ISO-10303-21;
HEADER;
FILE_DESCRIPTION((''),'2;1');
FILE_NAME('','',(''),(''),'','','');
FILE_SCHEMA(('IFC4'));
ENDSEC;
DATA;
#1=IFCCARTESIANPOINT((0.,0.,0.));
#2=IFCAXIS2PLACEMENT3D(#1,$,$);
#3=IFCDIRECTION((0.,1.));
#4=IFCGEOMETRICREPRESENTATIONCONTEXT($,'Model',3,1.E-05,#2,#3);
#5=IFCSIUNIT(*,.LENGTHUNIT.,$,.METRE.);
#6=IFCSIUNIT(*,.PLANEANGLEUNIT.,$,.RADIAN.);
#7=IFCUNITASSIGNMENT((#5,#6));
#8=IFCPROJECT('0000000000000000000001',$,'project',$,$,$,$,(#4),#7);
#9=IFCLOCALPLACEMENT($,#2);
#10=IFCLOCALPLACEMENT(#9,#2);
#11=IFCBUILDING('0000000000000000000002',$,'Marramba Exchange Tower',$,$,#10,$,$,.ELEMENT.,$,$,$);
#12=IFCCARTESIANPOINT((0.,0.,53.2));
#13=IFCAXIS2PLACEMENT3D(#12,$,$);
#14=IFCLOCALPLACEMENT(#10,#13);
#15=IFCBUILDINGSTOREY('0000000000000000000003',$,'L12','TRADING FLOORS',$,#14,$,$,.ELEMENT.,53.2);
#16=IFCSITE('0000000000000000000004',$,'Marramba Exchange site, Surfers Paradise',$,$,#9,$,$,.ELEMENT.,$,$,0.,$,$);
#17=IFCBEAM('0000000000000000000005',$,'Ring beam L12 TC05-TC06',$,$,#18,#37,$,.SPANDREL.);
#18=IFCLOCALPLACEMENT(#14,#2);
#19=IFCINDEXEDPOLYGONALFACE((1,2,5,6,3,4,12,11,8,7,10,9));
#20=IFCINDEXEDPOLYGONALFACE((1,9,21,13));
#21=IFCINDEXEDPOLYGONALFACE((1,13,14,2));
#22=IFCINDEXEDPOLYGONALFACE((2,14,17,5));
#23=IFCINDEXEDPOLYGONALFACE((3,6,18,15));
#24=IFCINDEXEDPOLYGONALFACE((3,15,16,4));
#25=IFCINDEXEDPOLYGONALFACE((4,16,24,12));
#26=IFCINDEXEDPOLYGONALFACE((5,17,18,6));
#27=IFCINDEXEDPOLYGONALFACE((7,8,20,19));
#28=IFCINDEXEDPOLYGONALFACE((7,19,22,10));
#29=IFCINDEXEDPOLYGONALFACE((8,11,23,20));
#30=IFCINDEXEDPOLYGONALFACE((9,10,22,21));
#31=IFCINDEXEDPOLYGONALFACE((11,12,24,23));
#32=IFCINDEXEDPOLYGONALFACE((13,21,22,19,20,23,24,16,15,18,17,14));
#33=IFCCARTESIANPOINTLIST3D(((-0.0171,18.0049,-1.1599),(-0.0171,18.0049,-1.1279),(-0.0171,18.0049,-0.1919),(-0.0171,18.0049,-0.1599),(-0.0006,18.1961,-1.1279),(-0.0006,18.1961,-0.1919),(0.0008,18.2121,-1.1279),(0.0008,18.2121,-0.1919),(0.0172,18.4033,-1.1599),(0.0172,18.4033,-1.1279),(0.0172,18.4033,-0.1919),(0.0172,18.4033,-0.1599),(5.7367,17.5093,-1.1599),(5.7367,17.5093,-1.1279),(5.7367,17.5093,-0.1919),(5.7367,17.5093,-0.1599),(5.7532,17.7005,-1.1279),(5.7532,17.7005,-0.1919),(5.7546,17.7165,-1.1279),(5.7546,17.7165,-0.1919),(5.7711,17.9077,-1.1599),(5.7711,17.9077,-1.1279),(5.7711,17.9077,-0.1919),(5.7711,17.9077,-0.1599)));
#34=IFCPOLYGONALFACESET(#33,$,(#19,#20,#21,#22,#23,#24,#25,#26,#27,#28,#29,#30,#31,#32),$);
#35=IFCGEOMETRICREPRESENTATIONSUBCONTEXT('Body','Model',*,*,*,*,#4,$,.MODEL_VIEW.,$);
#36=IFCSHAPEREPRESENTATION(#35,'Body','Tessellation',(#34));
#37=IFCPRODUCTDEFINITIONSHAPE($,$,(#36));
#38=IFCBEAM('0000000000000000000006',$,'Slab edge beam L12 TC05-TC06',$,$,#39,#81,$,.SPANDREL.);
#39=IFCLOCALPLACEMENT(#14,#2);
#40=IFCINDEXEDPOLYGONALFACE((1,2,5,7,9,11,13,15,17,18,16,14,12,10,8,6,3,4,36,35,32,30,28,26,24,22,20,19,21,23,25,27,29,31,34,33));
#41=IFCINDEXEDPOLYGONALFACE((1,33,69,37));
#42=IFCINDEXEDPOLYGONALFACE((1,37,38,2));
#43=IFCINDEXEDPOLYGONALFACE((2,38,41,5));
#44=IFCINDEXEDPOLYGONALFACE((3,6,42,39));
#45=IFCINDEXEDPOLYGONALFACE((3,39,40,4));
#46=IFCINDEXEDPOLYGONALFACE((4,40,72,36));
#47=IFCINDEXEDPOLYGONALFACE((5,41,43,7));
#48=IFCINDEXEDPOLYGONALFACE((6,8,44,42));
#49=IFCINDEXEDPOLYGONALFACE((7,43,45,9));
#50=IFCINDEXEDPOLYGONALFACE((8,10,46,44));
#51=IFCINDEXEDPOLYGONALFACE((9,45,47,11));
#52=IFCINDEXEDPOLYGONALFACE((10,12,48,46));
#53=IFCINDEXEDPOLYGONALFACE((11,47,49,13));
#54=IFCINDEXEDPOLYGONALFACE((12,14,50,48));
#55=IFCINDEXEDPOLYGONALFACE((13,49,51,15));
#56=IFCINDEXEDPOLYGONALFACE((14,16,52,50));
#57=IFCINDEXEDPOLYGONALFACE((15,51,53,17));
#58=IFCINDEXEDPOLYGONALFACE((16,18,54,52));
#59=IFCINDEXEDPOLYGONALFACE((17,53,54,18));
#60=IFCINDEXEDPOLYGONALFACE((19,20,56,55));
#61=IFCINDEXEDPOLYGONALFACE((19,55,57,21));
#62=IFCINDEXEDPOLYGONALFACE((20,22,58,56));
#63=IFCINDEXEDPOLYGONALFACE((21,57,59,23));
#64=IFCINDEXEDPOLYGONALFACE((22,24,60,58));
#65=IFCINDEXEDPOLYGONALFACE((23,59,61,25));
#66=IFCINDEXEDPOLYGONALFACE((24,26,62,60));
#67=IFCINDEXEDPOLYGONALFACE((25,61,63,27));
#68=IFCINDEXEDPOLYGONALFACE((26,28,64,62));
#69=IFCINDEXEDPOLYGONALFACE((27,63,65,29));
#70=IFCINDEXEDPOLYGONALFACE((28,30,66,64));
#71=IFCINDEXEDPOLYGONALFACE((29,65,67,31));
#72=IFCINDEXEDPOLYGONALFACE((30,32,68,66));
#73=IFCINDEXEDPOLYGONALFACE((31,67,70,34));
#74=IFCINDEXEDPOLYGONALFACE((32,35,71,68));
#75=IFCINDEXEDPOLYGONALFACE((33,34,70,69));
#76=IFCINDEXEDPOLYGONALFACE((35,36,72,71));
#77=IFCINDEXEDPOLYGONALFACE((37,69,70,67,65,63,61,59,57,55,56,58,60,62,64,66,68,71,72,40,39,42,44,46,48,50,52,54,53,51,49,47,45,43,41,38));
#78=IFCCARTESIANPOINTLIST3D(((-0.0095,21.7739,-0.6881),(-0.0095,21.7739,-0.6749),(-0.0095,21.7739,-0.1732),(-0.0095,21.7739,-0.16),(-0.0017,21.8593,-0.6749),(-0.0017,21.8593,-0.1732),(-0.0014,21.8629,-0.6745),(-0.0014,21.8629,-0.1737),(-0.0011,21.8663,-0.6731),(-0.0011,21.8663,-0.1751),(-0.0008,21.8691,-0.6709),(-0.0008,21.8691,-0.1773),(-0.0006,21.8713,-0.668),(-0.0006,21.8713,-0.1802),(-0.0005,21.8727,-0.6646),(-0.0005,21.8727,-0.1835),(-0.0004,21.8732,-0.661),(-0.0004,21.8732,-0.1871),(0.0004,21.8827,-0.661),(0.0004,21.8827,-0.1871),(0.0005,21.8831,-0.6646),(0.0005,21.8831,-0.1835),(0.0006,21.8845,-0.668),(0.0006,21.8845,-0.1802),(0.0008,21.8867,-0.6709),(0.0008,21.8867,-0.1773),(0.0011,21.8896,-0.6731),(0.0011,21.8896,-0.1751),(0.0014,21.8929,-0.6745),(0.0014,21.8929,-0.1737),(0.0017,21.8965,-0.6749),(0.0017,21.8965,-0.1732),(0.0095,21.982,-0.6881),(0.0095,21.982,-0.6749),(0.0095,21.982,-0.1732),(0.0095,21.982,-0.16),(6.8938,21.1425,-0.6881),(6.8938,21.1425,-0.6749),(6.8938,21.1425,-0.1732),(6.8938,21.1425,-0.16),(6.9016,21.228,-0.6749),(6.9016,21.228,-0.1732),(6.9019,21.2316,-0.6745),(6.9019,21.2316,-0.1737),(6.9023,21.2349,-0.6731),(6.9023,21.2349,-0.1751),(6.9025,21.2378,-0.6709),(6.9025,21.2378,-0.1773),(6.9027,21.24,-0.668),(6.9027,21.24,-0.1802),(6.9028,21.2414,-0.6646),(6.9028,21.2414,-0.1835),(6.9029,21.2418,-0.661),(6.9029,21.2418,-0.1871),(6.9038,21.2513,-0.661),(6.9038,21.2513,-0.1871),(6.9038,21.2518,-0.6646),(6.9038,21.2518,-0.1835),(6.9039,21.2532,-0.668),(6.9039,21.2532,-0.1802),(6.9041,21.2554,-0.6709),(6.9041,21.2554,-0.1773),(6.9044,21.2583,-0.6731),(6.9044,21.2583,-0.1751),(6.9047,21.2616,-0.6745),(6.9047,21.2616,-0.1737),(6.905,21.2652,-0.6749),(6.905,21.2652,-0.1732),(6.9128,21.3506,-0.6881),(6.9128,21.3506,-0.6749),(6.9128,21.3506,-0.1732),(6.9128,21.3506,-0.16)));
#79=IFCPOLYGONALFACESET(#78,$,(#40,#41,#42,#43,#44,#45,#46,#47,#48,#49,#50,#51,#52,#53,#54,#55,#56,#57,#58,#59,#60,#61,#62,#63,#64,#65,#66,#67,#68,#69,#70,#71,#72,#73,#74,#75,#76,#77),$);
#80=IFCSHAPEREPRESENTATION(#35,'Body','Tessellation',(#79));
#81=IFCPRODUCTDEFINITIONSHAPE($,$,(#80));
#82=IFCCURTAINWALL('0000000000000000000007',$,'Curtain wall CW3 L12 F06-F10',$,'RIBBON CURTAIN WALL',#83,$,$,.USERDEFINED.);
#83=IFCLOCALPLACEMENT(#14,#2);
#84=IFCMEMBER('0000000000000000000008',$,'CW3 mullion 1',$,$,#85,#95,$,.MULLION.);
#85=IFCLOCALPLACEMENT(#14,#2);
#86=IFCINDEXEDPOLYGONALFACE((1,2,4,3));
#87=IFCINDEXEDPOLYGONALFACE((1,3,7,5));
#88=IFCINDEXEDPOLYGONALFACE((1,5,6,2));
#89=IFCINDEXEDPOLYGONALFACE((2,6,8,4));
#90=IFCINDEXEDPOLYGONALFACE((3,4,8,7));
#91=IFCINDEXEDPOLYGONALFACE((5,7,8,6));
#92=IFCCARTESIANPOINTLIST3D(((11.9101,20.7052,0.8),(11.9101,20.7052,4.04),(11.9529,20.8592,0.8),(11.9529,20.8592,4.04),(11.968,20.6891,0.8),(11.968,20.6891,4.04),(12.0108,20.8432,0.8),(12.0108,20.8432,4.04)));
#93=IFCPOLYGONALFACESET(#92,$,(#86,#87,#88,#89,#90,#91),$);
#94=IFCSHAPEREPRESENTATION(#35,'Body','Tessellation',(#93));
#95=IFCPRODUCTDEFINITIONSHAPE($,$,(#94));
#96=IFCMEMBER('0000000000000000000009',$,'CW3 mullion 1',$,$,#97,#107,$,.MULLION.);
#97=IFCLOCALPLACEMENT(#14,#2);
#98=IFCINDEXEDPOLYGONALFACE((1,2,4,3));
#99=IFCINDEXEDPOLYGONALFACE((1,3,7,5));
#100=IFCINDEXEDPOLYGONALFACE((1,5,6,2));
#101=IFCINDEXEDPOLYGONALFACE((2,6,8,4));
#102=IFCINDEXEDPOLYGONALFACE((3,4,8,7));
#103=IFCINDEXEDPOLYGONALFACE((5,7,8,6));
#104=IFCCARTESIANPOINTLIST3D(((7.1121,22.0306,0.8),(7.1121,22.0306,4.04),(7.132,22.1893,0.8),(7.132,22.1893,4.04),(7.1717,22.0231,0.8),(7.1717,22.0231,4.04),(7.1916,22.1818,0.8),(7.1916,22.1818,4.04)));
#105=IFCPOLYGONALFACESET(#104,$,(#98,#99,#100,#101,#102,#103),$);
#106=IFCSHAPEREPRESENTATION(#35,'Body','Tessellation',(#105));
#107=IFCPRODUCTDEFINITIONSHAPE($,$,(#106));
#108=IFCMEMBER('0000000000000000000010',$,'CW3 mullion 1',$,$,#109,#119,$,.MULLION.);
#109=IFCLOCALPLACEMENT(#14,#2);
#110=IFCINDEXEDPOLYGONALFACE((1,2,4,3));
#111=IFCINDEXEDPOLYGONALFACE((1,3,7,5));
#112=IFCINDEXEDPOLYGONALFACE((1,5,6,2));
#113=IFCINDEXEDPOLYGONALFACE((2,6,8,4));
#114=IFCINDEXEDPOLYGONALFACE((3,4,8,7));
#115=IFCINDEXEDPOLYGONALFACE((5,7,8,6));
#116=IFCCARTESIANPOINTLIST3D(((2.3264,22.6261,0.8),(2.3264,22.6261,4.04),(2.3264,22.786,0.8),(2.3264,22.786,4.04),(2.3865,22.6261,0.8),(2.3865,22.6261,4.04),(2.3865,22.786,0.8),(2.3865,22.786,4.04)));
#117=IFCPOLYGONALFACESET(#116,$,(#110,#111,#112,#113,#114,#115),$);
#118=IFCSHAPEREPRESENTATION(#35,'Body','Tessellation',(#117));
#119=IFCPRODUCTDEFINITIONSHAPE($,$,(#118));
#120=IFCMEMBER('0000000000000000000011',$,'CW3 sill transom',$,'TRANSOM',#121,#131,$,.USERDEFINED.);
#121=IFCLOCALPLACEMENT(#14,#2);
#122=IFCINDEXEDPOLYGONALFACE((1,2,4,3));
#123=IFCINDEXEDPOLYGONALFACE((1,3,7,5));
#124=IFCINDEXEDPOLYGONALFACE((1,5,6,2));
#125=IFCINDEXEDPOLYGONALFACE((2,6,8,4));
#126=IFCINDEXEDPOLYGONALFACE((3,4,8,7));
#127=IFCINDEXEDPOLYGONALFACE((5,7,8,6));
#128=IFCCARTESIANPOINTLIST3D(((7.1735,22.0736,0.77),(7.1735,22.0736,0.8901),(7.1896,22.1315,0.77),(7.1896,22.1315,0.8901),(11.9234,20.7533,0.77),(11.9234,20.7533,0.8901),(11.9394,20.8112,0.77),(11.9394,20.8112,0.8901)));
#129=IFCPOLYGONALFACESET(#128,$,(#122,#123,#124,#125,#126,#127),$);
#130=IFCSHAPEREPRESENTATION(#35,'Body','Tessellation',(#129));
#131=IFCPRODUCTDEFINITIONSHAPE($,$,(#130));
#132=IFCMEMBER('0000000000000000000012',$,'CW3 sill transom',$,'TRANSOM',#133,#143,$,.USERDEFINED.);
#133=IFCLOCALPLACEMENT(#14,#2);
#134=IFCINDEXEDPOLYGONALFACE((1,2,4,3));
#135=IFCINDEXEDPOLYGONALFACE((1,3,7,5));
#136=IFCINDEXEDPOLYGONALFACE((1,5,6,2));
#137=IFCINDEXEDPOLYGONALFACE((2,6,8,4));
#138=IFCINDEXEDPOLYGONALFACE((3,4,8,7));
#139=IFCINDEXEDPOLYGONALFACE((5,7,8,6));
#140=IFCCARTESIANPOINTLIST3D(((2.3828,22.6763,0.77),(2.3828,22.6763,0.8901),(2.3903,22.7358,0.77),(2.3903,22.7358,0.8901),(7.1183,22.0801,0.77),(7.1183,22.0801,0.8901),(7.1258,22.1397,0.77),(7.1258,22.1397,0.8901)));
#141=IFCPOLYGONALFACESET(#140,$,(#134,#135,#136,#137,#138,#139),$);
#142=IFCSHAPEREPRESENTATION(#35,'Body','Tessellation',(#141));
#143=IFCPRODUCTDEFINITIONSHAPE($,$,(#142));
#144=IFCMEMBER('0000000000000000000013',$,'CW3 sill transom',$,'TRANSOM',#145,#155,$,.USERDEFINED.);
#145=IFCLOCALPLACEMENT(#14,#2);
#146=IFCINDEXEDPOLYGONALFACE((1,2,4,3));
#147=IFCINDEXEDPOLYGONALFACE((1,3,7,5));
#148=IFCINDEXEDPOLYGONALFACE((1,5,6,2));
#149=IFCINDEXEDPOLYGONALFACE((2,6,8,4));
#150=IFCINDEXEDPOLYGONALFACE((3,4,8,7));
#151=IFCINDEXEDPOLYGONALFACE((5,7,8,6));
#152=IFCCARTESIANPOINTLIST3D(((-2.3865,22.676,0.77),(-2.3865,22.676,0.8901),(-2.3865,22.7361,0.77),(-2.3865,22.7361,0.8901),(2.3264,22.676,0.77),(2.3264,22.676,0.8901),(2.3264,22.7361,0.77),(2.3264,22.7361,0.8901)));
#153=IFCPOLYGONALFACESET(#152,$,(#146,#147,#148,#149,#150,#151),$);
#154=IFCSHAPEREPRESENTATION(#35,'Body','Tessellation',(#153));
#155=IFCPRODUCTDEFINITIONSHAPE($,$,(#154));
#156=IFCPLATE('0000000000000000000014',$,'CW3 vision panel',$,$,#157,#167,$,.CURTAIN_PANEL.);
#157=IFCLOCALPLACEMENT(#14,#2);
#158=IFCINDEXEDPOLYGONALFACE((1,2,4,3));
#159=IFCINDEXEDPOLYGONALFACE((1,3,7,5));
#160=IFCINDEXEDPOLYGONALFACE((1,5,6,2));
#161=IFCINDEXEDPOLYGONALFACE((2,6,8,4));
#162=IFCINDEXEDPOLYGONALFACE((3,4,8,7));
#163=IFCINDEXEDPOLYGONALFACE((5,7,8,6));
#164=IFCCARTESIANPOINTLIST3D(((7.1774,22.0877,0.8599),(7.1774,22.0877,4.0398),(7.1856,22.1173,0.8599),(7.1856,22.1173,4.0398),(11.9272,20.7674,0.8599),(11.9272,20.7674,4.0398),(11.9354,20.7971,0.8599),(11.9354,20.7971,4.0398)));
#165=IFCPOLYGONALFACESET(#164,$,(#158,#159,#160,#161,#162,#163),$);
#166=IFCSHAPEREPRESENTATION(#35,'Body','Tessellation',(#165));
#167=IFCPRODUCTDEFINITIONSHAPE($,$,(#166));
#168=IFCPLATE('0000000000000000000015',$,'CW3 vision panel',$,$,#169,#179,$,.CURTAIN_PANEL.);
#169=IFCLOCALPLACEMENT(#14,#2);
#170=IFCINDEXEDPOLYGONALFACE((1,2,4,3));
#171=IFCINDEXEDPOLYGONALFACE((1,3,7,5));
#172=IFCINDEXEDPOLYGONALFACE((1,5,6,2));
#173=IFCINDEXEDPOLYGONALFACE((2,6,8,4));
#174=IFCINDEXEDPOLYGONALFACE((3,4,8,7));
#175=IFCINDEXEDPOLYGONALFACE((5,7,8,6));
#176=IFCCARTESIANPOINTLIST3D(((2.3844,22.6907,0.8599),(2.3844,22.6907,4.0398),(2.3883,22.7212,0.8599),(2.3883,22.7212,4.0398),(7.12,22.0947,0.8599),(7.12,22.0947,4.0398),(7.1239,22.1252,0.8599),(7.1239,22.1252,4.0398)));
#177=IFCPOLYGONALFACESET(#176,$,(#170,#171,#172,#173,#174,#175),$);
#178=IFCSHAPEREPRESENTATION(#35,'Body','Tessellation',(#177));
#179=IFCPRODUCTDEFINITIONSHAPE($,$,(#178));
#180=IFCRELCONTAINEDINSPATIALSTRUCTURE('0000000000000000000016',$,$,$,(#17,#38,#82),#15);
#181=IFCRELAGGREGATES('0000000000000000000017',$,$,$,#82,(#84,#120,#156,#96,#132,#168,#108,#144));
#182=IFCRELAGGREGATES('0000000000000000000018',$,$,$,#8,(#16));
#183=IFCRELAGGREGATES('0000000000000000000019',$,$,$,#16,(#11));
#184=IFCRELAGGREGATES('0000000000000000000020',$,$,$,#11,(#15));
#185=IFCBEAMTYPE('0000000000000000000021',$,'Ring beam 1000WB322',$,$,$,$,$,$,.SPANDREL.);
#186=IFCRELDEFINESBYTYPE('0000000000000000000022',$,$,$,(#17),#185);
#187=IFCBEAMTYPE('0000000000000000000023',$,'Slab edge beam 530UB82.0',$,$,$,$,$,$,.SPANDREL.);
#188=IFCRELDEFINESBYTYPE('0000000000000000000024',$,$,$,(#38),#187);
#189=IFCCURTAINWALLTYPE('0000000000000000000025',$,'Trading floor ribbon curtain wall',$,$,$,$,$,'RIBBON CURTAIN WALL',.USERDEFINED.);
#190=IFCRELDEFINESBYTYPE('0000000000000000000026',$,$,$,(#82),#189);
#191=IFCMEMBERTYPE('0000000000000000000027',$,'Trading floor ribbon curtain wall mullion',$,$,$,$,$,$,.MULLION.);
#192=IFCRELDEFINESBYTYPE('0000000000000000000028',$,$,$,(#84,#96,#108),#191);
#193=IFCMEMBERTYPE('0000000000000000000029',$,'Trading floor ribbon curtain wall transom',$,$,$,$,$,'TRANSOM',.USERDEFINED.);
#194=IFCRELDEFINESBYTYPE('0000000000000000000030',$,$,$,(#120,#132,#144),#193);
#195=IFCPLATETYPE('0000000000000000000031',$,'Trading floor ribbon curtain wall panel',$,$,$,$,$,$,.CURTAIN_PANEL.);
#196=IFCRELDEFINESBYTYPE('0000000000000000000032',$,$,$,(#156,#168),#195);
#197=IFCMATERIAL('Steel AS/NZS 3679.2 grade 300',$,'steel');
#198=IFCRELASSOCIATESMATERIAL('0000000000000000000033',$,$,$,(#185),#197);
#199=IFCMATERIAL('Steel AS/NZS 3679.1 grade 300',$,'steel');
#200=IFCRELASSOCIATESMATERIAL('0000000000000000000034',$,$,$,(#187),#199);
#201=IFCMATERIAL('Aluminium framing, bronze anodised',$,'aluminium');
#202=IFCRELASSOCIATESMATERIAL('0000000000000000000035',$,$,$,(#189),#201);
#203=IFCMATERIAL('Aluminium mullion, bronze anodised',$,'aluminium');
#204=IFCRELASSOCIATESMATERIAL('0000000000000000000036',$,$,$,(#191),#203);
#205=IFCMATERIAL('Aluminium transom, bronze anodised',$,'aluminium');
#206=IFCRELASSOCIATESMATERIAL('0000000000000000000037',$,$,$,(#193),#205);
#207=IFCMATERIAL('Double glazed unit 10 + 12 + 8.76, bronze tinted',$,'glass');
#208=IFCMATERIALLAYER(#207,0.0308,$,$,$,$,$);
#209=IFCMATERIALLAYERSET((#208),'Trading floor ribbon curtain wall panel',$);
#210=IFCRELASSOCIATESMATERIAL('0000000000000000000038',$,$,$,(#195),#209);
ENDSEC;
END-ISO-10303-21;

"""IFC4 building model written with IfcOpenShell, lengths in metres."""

from ifc_helpers import new_model, si_unit, direction, frame, origin, origin_2d, place, context, subcontext, project, spatial, rectangle, i_section, extrude, material, layer, layer_set, material_profile, profile_set, type_object, element, aggregate, save


model = new_model("IFC4")

# Units and contexts
model_context = context("Model", 3, precision=1e-05, world=origin(), true_north=direction((0.0, 1.0)))
body_context = subcontext(model_context, "Body", "Model", "MODEL_VIEW")
ifc_project = project(units=[si_unit("LENGTHUNIT", "METRE"), si_unit("PLANEANGLEUNIT", "RADIAN")], contexts=[model_context])

# Site, building, storey
site_placement = place(None, origin())
site = spatial("IfcSite", under=ifc_project, at=site_placement, Name="Marramba Exchange site, Surfers Paradise", CompositionType="ELEMENT", RefElevation=0.0)
building_placement = place(site_placement, origin())
building = spatial("IfcBuilding", under=site, at=building_placement, Name="Marramba Exchange Tower", CompositionType="ELEMENT")
storey_placement = place(building_placement, frame((0.0, 0.0, 53.2)))
storey = spatial("IfcBuildingStorey", under=building, at=storey_placement, Name="L12", Description="TRADING FLOORS", CompositionType="ELEMENT", Elevation=53.2)

# Beams
ifc_material_1 = material(Name="Steel AS/NZS 3679.2 grade 300", Category="steel")
ifc_material_2 = material(Name="Steel AS/NZS 3679.1 grade 300", Category="steel")
ifc_material_profile_1 = material_profile(ifc_material_1, i_section(OverallWidth=0.3999, OverallDepth=1.0, WebThickness=0.0161, FlangeThickness=0.032, at=origin_2d()), Name="1000WB322")
ifc_profile_set_1 = profile_set([ifc_material_profile_1], Name="Steel AS/NZS 3679.2 grade 300")
beam_type_1 = type_object("IfcBeamType", Name="Ring beam 1000WB322", PredefinedType="SPANDREL", material=ifc_profile_set_1)
beam_1_placement = place(storey_placement, frame((5.7539, 17.7085, -0.6599), z_axis=(-0.996311, 0.085816, 0.0), x_axis=(-0.085816, -0.996311, 0.0)))
element("IfcBeam", 1, at=beam_1_placement, inside=storey, type_object=beam_type_1, Name="Ring beam L12 TC05-TC06", PredefinedType="SPANDREL", context=body_context, shape_type="SweptSolid", body=[
    extrude(i_section(OverallWidth=0.3999, OverallDepth=1.0, WebThickness=0.0161, FlangeThickness=0.032, at=origin_2d()), origin(), (0.0, 0.0, 1.0), 5.7751),
])
ifc_material_profile_2 = material_profile(ifc_material_2, i_section(OverallWidth=0.209, OverallDepth=0.5281, WebThickness=0.0095, FlangeThickness=0.0132, FilletRadius=0.0139, at=origin_2d()), Name="530UB82.0")
ifc_profile_set_2 = profile_set([ifc_material_profile_2], Name="Steel AS/NZS 3679.1 grade 300")
beam_type_2 = type_object("IfcBeamType", Name="Slab edge beam 530UB82.0", PredefinedType="SPANDREL", material=ifc_profile_set_2)
beam_2_placement = place(storey_placement, frame((6.9033, 21.2466, -0.4241), z_axis=(-0.995844, 0.091076, 0.0), x_axis=(-0.091076, -0.995844, 0.0)))
element("IfcBeam", 2, at=beam_2_placement, inside=storey, type_object=beam_type_2, Name="Slab edge beam L12 TC05-TC06", PredefinedType="SPANDREL", context=body_context, shape_type="SweptSolid", body=[
    extrude(i_section(OverallWidth=0.209, OverallDepth=0.5281, WebThickness=0.0095, FlangeThickness=0.0132, FilletRadius=0.0139, at=origin_2d()), origin(), (0.0, 0.0, 1.0), 6.9321),
])

# Curtain wall, members, plates
ifc_material_3 = material(Name="Aluminium framing, bronze anodised", Category="aluminium")
curtain_wall_type = type_object("IfcCurtainWallType", Name="Trading floor ribbon curtain wall", ElementType="RIBBON CURTAIN WALL", PredefinedType="USERDEFINED", material=ifc_material_3)
curtain_wall_placement = place(storey_placement, origin())
curtain_wall = element("IfcCurtainWall", 3, at=curtain_wall_placement, inside=storey, type_object=curtain_wall_type, Name="Curtain wall CW3 L12 F06-F10", ObjectType="RIBBON CURTAIN WALL", PredefinedType="USERDEFINED")
ifc_material_4 = material(Name="Aluminium mullion, bronze anodised", Category="aluminium")
ifc_material_profile_3 = material_profile(ifc_material_4, rectangle(XDim=0.1599, YDim=0.0601, at=origin_2d()), Name="CW3 mullion 60x160")
ifc_profile_set_3 = profile_set([ifc_material_profile_3], Name="Aluminium mullion, bronze anodised")
member_type_1 = type_object("IfcMemberType", Name="Trading floor ribbon curtain wall mullion", PredefinedType="MULLION", material=ifc_profile_set_3)
member_1_placement = place(storey_placement, frame((11.9604, 20.7742, 0.8), z_axis=(0.0, 0.0, 1.0), x_axis=(-0.267809, -0.963472, 0.0)))
member_1 = element("IfcMember", 4, at=member_1_placement, type_object=member_type_1, Name="CW3 mullion 1", PredefinedType="MULLION", context=body_context, shape_type="SweptSolid", body=[
    extrude(rectangle(XDim=0.1599, YDim=0.0601, at=origin_2d()), origin(), (0.0, 0.0, 1.0), 3.24),
])
member_2_placement = place(storey_placement, frame((7.1519, 22.1062, 0.8), z_axis=(0.0, 0.0, 1.0), x_axis=(-0.124873, -0.992173, 0.0)))
member_2 = element("IfcMember", 5, at=member_2_placement, type_object=member_type_1, Name="CW3 mullion 1", PredefinedType="MULLION", context=body_context, shape_type="SweptSolid", body=[
    extrude(rectangle(XDim=0.1599, YDim=0.0601, at=origin_2d()), origin(), (0.0, 0.0, 1.0), 3.24),
])
member_3_placement = place(storey_placement, frame((2.3564, 22.7061, 0.8), z_axis=(0.0, 0.0, 1.0), x_axis=(0.0, -1.0, 0.0)))
member_3 = element("IfcMember", 6, at=member_3_placement, type_object=member_type_1, Name="CW3 mullion 1", PredefinedType="MULLION", context=body_context, shape_type="SweptSolid", body=[
    extrude(rectangle(XDim=0.1599, YDim=0.0601, at=origin_2d()), origin(), (0.0, 0.0, 1.0), 3.24),
])
ifc_material_5 = material(Name="Aluminium transom, bronze anodised", Category="aluminium")
ifc_material_profile_4 = material_profile(ifc_material_5, rectangle(XDim=0.0601, YDim=0.1201, at=origin_2d()), Name="CW3 transom 60x120")
ifc_profile_set_4 = profile_set([ifc_material_profile_4], Name="Aluminium transom, bronze anodised")
member_type_2 = type_object("IfcMemberType", Name="Trading floor ribbon curtain wall transom", ElementType="TRANSOM", PredefinedType="USERDEFINED", material=ifc_profile_set_4)
member_4_placement = place(storey_placement, frame((11.9314, 20.7822, 0.8301), z_axis=(-0.963469, 0.26782, 0.0), x_axis=(-0.26782, -0.963469, 0.0)))
member_4 = element("IfcMember", 7, at=member_4_placement, type_object=member_type_2, Name="CW3 sill transom", ObjectType="TRANSOM", PredefinedType="USERDEFINED", context=body_context, shape_type="SweptSolid", body=[
    extrude(rectangle(XDim=0.0601, YDim=0.1201, at=origin_2d()), origin(), (0.0, 0.0, 1.0), 4.9299),
])
member_5_placement = place(storey_placement, frame((7.1221, 22.1099, 0.8301), z_axis=(-0.992168, 0.12491, 0.0), x_axis=(-0.12491, -0.992168, 0.0)))
member_5 = element("IfcMember", 8, at=member_5_placement, type_object=member_type_2, Name="CW3 sill transom", ObjectType="TRANSOM", PredefinedType="USERDEFINED", context=body_context, shape_type="SweptSolid", body=[
    extrude(rectangle(XDim=0.0601, YDim=0.1201, at=origin_2d()), origin(), (0.0, 0.0, 1.0), 4.7729),
])
member_6_placement = place(storey_placement, frame((2.3264, 22.7061, 0.8301), z_axis=(-1.0, 0.0, 0.0), x_axis=(0.0, -1.0, 0.0)))
member_6 = element("IfcMember", 9, at=member_6_placement, type_object=member_type_2, Name="CW3 sill transom", ObjectType="TRANSOM", PredefinedType="USERDEFINED", context=body_context, shape_type="SweptSolid", body=[
    extrude(rectangle(XDim=0.0601, YDim=0.1201, at=origin_2d()), origin(), (0.0, 0.0, 1.0), 4.7129),
])
ifc_material_6 = material(Name="Double glazed unit 10 + 12 + 8.76, bronze tinted", Category="glass")
ifc_layer_1 = layer(ifc_material_6, 0.0308)
ifc_layer_set_1 = layer_set([ifc_layer_1], Name="Trading floor ribbon curtain wall panel")
plate_type = type_object("IfcPlateType", Name="Trading floor ribbon curtain wall panel", PredefinedType="CURTAIN_PANEL", material=ifc_layer_set_1)
plate_1_placement = place(storey_placement, frame((9.5564, 21.4424, 0.8599), z_axis=(0.0, 0.0, 1.0), x_axis=(-0.963472, 0.267809, 0.0)))
plate_1 = element("IfcPlate", 10, at=plate_1_placement, type_object=plate_type, Name="CW3 vision panel", PredefinedType="CURTAIN_PANEL", context=body_context, shape_type="SweptSolid", body=[
    extrude(rectangle(XDim=4.9299, YDim=0.0308, at=origin_2d()), origin(), (0.0, 0.0, 1.0), 3.1799),
])
plate_2_placement = place(storey_placement, frame((4.7542, 22.408, 0.8599), z_axis=(0.0, 0.0, 1.0), x_axis=(-0.992173, 0.124873, 0.0)))
plate_2 = element("IfcPlate", 11, at=plate_2_placement, type_object=plate_type, Name="CW3 vision panel", PredefinedType="CURTAIN_PANEL", context=body_context, shape_type="SweptSolid", body=[
    extrude(rectangle(XDim=4.7729, YDim=0.0308, at=origin_2d()), origin(), (0.0, 0.0, 1.0), 3.1799),
])
aggregate(curtain_wall, [member_1, member_4, plate_1, member_2, member_5, plate_2, member_3, member_6])

save(model, "model.ifc")
